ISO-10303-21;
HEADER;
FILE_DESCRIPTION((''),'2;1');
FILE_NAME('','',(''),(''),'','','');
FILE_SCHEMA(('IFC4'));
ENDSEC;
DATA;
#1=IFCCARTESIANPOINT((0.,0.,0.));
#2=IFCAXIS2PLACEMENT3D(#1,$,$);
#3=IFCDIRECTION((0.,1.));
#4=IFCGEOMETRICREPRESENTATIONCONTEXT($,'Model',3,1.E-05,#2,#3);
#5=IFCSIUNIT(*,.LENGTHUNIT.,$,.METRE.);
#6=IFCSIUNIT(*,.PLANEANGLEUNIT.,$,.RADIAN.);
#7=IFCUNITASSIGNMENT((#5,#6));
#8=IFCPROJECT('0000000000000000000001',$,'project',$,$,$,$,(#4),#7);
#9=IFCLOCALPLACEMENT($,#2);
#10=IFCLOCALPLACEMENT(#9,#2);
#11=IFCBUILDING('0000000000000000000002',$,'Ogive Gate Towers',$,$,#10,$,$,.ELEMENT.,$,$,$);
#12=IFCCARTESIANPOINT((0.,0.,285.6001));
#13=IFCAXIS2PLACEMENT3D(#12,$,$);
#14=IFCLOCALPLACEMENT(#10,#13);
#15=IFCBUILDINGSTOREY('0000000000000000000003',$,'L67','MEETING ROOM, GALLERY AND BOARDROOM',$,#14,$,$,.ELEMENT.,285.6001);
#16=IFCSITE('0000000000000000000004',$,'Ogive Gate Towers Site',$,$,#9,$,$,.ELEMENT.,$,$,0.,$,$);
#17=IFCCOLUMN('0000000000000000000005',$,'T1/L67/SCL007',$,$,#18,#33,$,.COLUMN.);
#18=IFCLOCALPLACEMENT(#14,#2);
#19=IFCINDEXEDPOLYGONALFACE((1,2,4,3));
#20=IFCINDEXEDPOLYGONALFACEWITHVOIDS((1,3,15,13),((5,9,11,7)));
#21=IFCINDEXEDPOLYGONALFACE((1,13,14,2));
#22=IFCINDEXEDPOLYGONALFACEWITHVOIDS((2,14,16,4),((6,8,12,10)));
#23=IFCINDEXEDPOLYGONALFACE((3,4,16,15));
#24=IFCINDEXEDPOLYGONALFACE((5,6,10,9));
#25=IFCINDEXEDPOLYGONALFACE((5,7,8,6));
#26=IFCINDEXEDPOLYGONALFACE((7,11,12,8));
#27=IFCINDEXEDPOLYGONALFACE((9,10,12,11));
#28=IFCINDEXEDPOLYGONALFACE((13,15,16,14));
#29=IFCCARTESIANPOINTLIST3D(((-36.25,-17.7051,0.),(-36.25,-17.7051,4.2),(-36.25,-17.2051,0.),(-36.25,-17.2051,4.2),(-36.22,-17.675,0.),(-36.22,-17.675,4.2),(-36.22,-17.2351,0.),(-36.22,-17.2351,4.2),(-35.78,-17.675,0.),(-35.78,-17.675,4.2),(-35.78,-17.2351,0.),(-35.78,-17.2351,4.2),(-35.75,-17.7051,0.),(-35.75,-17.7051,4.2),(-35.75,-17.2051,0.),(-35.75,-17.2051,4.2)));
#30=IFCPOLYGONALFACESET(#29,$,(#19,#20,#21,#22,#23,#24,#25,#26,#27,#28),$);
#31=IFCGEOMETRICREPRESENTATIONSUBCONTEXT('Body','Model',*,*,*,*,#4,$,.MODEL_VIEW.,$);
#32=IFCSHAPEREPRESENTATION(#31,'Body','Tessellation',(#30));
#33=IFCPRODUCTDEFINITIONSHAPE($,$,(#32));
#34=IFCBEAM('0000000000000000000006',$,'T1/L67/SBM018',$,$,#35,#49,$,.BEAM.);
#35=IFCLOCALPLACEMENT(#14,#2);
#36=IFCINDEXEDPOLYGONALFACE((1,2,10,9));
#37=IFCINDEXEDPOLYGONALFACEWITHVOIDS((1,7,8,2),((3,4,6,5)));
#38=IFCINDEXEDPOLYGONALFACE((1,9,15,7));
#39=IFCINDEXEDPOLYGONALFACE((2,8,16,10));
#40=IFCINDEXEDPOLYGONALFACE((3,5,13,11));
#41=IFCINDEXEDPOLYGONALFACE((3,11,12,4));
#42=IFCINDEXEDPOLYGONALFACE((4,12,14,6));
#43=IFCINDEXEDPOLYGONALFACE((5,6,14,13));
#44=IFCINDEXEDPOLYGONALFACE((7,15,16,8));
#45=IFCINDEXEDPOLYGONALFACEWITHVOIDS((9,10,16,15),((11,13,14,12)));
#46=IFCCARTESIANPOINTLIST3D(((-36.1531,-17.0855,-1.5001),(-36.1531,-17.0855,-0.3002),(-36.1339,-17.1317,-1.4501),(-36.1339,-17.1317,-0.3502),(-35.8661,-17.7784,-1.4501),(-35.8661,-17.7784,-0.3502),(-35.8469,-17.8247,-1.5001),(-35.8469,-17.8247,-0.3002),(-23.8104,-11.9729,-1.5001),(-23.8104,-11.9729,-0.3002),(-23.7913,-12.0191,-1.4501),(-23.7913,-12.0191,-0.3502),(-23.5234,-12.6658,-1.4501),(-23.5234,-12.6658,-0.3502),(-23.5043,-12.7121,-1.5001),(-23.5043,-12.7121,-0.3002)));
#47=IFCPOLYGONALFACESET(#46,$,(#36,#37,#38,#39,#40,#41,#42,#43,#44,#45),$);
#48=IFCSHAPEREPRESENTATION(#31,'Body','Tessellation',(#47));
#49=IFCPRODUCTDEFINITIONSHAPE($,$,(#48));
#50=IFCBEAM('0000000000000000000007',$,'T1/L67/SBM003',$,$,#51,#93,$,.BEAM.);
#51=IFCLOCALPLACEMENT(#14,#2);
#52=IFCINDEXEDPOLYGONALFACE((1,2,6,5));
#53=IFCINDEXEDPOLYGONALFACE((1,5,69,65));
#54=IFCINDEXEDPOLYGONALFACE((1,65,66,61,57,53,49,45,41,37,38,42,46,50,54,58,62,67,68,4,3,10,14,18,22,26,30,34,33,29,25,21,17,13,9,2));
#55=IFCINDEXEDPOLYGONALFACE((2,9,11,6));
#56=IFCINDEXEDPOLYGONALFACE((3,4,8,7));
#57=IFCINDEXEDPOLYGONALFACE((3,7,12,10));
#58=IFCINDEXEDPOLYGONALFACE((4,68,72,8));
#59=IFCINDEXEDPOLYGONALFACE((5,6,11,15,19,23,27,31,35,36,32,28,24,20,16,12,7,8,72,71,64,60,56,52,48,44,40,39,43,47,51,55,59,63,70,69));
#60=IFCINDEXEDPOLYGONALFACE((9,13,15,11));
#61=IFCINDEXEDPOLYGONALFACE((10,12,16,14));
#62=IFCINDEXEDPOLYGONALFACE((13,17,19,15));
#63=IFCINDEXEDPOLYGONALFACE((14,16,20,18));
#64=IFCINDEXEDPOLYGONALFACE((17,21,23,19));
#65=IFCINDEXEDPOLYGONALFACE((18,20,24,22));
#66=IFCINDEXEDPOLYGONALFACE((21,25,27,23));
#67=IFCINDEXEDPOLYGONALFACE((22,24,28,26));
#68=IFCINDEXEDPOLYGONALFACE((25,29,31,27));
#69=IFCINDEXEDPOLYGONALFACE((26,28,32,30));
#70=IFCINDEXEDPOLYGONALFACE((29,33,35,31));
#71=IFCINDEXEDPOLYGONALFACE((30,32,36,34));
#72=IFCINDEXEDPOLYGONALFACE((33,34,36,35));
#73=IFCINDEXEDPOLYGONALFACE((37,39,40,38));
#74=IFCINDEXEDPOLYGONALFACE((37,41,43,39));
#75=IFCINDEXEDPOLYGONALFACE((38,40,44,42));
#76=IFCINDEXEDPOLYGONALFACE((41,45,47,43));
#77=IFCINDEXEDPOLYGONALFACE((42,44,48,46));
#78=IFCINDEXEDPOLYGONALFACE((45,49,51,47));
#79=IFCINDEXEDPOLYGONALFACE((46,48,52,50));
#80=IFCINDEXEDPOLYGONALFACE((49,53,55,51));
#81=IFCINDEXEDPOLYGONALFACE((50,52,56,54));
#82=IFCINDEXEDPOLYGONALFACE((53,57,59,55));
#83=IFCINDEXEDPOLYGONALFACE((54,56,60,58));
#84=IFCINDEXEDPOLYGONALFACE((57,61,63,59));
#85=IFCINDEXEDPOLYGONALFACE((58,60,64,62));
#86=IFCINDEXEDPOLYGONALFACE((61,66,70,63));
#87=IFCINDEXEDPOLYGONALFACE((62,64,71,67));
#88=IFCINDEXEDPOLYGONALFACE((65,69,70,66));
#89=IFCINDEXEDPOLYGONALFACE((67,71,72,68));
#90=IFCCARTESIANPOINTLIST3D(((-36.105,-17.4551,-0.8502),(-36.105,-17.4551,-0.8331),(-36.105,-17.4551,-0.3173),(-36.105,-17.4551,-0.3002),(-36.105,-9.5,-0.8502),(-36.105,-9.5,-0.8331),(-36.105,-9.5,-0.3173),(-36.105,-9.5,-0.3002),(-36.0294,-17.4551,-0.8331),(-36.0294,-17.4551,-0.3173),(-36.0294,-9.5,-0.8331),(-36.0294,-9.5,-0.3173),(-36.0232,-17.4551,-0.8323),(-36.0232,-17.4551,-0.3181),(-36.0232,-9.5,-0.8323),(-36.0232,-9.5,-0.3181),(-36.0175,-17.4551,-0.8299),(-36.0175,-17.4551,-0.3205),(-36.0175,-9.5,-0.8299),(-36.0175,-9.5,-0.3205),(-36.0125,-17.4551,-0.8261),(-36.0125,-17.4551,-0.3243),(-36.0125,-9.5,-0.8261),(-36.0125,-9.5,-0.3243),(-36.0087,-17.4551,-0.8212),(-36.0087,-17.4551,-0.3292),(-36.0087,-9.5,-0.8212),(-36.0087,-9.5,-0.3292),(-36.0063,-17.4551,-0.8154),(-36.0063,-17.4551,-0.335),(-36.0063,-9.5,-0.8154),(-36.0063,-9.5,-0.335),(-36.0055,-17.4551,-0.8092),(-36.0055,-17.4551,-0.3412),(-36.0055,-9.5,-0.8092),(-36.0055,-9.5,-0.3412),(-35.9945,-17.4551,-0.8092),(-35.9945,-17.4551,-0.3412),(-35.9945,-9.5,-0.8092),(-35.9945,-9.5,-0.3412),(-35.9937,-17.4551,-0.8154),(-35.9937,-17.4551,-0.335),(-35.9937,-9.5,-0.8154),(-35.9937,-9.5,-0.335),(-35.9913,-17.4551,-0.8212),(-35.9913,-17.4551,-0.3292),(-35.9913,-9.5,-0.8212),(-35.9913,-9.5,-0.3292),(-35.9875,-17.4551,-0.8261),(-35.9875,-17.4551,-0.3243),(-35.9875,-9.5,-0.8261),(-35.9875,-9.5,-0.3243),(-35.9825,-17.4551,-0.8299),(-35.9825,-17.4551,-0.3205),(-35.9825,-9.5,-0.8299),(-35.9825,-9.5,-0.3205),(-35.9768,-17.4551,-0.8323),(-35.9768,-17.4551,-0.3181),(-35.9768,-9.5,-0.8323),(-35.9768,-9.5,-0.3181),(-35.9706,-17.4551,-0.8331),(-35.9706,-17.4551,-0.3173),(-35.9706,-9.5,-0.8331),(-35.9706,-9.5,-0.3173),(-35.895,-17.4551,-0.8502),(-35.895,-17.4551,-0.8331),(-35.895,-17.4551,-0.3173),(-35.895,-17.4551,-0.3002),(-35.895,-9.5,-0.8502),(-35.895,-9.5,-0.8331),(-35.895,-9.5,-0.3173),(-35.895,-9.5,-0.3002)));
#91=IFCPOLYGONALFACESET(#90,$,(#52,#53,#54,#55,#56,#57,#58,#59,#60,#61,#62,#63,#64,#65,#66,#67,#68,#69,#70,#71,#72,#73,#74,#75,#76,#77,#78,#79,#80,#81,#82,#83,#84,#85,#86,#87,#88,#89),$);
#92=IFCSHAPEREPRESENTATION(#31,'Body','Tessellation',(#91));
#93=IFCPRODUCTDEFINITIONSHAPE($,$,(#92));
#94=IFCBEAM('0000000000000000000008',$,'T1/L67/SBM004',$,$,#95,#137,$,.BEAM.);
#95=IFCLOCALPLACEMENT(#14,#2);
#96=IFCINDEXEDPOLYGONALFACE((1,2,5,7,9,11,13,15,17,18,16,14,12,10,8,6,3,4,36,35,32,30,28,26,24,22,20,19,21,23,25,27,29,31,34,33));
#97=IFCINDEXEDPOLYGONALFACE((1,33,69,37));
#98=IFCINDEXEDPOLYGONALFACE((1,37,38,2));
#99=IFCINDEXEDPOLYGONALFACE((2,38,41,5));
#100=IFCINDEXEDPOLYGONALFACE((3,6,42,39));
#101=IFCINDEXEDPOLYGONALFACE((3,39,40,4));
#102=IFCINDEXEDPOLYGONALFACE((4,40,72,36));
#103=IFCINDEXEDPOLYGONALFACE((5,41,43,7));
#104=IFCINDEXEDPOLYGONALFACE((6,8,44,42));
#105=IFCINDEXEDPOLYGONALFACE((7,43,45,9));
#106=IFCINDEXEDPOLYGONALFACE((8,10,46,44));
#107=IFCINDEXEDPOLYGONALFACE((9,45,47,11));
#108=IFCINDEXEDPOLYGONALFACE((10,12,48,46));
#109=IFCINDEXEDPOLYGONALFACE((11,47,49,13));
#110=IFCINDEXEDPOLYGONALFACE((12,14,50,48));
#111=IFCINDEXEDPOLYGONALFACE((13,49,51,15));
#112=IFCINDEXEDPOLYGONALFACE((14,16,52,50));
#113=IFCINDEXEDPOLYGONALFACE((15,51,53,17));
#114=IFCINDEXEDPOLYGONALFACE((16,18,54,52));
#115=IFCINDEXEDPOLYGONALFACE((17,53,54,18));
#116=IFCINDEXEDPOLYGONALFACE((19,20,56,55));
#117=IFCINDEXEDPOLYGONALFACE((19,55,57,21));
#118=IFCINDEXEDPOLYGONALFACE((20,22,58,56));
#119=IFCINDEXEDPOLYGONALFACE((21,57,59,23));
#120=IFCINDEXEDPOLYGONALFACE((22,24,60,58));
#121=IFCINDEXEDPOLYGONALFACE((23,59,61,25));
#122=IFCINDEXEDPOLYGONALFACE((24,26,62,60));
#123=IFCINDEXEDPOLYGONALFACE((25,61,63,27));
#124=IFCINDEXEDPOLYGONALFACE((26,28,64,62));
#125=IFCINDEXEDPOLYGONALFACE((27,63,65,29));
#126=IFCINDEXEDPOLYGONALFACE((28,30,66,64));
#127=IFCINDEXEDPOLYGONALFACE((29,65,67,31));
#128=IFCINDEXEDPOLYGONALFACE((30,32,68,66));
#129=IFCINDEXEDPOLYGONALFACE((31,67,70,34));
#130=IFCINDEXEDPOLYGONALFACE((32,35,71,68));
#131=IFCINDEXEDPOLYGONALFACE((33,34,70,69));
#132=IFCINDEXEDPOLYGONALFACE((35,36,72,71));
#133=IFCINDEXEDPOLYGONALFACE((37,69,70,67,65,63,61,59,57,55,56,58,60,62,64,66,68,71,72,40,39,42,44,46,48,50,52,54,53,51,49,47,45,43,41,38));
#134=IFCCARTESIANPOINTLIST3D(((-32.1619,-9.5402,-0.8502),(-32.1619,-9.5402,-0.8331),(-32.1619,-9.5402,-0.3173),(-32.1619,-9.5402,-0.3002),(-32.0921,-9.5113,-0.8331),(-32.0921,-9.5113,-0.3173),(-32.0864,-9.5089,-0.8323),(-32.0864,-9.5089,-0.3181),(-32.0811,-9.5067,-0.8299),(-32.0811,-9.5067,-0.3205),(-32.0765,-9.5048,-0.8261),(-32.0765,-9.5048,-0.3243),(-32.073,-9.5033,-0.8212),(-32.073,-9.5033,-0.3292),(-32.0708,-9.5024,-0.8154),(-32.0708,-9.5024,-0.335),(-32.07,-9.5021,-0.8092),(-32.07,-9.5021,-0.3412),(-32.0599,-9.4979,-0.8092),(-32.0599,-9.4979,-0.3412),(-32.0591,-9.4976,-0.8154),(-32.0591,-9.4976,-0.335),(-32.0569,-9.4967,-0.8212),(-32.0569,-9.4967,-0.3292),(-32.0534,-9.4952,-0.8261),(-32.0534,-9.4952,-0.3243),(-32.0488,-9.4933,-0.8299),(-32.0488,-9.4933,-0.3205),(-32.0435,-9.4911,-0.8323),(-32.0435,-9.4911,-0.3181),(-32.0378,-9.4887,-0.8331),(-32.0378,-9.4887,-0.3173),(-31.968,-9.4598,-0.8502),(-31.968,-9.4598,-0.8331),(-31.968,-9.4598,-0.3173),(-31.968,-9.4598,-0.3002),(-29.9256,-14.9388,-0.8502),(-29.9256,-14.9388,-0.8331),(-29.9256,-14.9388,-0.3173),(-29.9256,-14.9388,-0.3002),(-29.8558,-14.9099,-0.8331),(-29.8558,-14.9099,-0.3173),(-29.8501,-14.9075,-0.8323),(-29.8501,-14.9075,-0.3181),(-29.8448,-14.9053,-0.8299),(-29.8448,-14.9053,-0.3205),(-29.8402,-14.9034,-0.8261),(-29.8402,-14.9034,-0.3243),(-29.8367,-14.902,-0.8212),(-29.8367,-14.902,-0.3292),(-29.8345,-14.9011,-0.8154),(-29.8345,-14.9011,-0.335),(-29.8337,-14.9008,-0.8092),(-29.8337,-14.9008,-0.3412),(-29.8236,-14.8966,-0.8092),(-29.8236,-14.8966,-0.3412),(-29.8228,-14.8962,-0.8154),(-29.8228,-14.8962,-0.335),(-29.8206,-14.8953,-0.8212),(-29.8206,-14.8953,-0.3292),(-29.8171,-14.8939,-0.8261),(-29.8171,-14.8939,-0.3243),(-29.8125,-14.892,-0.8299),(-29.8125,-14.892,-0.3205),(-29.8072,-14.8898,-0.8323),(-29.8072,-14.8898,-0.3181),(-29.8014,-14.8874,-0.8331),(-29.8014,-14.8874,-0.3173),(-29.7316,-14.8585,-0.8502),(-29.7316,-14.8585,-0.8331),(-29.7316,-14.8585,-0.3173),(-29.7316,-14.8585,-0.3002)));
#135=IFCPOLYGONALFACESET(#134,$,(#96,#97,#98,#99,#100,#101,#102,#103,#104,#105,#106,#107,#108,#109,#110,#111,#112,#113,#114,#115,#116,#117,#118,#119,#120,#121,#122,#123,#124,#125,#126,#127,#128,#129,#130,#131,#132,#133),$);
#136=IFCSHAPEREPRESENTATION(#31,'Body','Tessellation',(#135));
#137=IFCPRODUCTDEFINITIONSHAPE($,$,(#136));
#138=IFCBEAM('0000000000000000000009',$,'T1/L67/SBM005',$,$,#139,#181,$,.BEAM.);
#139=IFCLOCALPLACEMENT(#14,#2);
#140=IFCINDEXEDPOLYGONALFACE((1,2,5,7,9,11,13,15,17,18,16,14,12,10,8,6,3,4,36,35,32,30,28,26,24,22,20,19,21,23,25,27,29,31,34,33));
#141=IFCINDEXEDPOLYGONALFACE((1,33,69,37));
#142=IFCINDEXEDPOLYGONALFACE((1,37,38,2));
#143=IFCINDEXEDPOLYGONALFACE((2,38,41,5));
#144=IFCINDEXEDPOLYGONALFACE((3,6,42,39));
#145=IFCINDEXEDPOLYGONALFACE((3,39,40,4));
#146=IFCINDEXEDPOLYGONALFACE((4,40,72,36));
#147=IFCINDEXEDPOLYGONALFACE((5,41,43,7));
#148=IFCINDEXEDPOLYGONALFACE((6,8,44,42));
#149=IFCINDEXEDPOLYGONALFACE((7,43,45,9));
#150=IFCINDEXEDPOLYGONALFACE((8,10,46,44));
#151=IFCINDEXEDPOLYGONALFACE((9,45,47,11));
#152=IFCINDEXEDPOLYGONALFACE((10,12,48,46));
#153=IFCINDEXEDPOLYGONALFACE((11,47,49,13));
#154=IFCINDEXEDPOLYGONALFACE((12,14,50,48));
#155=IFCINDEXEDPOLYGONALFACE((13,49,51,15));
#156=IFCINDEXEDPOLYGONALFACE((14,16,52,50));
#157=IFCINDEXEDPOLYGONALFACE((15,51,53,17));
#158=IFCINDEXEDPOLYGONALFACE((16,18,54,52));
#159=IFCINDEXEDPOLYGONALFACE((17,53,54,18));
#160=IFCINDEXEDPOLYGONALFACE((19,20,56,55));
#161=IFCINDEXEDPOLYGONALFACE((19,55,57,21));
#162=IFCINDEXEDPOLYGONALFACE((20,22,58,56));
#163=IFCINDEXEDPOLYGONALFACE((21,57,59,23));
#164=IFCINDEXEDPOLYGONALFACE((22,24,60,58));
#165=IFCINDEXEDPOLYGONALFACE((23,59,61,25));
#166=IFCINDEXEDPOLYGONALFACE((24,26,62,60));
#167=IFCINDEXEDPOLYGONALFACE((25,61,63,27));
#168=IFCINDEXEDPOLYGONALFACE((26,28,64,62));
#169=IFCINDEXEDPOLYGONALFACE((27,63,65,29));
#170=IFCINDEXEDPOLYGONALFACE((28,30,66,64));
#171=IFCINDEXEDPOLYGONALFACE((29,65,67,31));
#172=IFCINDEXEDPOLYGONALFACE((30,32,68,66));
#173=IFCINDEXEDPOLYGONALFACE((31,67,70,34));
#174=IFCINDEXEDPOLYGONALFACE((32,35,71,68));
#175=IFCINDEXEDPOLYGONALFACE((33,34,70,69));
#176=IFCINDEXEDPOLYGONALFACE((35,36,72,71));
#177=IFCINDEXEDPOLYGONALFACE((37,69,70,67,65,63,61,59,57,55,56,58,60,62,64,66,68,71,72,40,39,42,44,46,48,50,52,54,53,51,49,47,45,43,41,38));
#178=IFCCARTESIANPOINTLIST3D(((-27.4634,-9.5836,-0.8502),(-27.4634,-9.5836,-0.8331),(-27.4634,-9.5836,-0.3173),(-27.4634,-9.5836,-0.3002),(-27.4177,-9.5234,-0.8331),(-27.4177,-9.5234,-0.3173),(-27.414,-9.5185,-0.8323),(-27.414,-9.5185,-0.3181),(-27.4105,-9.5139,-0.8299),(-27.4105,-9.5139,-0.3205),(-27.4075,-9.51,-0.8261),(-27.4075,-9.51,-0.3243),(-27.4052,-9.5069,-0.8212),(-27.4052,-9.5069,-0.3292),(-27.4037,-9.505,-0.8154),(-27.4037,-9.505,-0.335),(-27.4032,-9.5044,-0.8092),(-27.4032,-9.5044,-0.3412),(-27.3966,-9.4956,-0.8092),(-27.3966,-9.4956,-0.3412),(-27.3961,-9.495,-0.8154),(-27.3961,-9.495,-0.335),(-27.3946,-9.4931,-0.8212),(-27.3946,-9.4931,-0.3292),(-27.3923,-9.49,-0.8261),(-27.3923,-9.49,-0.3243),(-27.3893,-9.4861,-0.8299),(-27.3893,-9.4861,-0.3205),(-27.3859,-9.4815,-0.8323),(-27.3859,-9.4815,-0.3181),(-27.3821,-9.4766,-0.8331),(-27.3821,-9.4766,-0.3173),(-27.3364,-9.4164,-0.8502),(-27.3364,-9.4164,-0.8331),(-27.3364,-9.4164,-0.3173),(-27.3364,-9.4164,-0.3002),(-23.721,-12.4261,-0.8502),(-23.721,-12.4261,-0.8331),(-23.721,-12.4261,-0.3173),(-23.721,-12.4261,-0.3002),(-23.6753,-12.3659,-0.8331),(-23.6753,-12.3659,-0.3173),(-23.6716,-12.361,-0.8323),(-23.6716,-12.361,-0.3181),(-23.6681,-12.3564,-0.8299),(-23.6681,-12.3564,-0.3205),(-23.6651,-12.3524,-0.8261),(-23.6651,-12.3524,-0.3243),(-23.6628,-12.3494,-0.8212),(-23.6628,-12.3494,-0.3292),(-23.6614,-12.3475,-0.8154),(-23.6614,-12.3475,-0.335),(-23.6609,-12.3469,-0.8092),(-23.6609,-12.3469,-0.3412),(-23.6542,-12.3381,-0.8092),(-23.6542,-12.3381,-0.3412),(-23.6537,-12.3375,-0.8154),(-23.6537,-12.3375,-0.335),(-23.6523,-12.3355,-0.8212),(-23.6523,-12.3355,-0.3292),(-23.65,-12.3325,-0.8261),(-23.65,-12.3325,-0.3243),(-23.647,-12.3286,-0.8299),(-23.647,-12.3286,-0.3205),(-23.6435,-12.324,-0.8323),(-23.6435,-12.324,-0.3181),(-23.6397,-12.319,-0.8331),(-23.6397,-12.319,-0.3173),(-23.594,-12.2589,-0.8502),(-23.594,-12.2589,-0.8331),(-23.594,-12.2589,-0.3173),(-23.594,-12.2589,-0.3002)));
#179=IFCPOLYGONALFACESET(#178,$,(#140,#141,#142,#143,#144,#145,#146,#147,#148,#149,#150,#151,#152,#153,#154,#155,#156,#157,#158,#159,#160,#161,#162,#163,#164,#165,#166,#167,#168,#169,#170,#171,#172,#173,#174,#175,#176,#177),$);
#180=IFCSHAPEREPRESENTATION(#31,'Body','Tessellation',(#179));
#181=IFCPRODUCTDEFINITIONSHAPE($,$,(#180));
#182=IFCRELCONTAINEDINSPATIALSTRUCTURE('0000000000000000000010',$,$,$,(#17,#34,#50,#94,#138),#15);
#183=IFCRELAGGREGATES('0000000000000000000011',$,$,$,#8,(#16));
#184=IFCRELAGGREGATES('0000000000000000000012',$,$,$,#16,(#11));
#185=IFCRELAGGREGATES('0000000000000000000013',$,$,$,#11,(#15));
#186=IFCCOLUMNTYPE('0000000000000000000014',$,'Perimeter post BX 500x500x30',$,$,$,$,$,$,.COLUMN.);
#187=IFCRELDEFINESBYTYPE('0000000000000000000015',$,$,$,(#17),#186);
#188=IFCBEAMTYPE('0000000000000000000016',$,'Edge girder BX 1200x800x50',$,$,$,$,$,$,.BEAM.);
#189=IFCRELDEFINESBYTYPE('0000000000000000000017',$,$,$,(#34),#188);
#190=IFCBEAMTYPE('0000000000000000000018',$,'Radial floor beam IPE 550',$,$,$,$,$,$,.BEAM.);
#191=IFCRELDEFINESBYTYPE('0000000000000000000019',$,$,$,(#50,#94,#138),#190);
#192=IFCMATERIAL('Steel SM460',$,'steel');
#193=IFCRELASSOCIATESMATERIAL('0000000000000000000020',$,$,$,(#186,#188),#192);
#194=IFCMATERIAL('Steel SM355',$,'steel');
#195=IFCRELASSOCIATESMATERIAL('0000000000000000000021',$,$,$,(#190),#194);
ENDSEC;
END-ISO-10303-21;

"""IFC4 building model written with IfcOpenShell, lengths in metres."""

from ifc_helpers import new_model, si_unit, direction, frame, origin, origin_2d, place, context, subcontext, project, spatial, hollow_rectangle, i_section, extrude, material, material_profile, profile_set, type_object, element, save


model = new_model("IFC4")

# Units and contexts
model_context = context("Model", 3, precision=1e-05, world=origin(), true_north=direction((0.0, 1.0)))
body_context = subcontext(model_context, "Body", "Model", "MODEL_VIEW")
ifc_project = project(units=[si_unit("LENGTHUNIT", "METRE"), si_unit("PLANEANGLEUNIT", "RADIAN")], contexts=[model_context])

# Site, building, storey
site_placement = place(None, origin())
site = spatial("IfcSite", under=ifc_project, at=site_placement, Name="Ogive Gate Towers Site", CompositionType="ELEMENT", RefElevation=0.0)
building_placement = place(site_placement, origin())
building = spatial("IfcBuilding", under=site, at=building_placement, Name="Ogive Gate Towers", CompositionType="ELEMENT")
storey_placement = place(building_placement, frame((0.0, 0.0, 285.6001)))
storey = spatial("IfcBuildingStorey", under=building, at=storey_placement, Name="L67", Description="MEETING ROOM, GALLERY AND BOARDROOM", CompositionType="ELEMENT", Elevation=285.6001)

# Column
ifc_material_1 = material(Name="Steel SM460", Category="steel")
ifc_material_profile_1 = material_profile(ifc_material_1, hollow_rectangle(XDim=0.5, YDim=0.5, WallThickness=0.03, at=origin_2d()), Name="BX 500x500x30")
ifc_profile_set_1 = profile_set([ifc_material_profile_1], Name="Steel SM460")
column_type = type_object("IfcColumnType", Name="Perimeter post BX 500x500x30", PredefinedType="COLUMN", material=ifc_profile_set_1)
column_placement = place(storey_placement, frame((-36.0, -17.4551, 0.0), z_axis=(0.0, 0.0, 1.0), x_axis=(1.0, 0.0, 0.0)))
element("IfcColumn", 1, at=column_placement, inside=storey, type_object=column_type, Name="T1/L67/SCL007", PredefinedType="COLUMN", context=body_context, shape_type="SweptSolid", body=[
    extrude(hollow_rectangle(XDim=0.5, YDim=0.5, WallThickness=0.03, at=origin_2d()), origin(), (0.0, 0.0, 1.0), 4.2),
])

# Beams
ifc_material_profile_2 = material_profile(ifc_material_1, hollow_rectangle(XDim=0.8, YDim=1.2, WallThickness=0.05, at=origin_2d()), Name="BX 1200x800x50")
ifc_profile_set_2 = profile_set([ifc_material_profile_2], Name="Steel SM460")
beam_type_1 = type_object("IfcBeamType", Name="Edge girder BX 1200x800x50", PredefinedType="BEAM", material=ifc_profile_set_2)
beam_1_placement = place(storey_placement, frame((-36.0, -17.4551, -0.9001), z_axis=(0.923877, 0.38269, 0.0), x_axis=(-0.38269, 0.923877, 0.0)))
element("IfcBeam", 2, at=beam_1_placement, inside=storey, type_object=beam_type_1, Name="T1/L67/SBM018", PredefinedType="BEAM", context=body_context, shape_type="SweptSolid", body=[
    extrude(hollow_rectangle(XDim=0.8, YDim=1.2, WallThickness=0.05, at=origin_2d()), origin(), (0.0, 0.0, 1.0), 13.3596),
])
ifc_material_2 = material(Name="Steel SM355", Category="steel")
ifc_material_profile_3 = material_profile(ifc_material_2, i_section(OverallWidth=0.21, OverallDepth=0.55, WebThickness=0.011, FlangeThickness=0.0171, FilletRadius=0.0239, at=origin_2d()), Name="IPE 550")
ifc_profile_set_3 = profile_set([ifc_material_profile_3], Name="Steel SM355")
beam_type_2 = type_object("IfcBeamType", Name="Radial floor beam IPE 550", PredefinedType="BEAM", material=ifc_profile_set_3)
beam_2_placement = place(storey_placement, frame((-36.0, -9.5, -0.5752), z_axis=(0.0, -1.0, 0.0), x_axis=(1.0, 0.0, 0.0)))
element("IfcBeam", 3, at=beam_2_placement, inside=storey, type_object=beam_type_2, Name="T1/L67/SBM003", PredefinedType="BEAM", context=body_context, shape_type="SweptSolid", body=[
    extrude(i_section(OverallWidth=0.21, OverallDepth=0.55, WebThickness=0.011, FlangeThickness=0.0171, FilletRadius=0.0239, at=origin_2d()), origin(), (0.0, 0.0, 1.0), 7.9551),
])
beam_3_placement = place(storey_placement, frame((-32.0649, -9.5, -0.5752), z_axis=(0.382701, -0.923872, 0.0), x_axis=(0.923872, 0.382701, 0.0)))
element("IfcBeam", 4, at=beam_3_placement, inside=storey, type_object=beam_type_2, Name="T1/L67/SBM004", PredefinedType="BEAM", context=body_context, shape_type="SweptSolid", body=[
    extrude(i_section(OverallWidth=0.21, OverallDepth=0.55, WebThickness=0.011, FlangeThickness=0.0171, FilletRadius=0.0239, at=origin_2d()), origin(), (0.0, 0.0, 1.0), 5.8435),
])
beam_4_placement = place(storey_placement, frame((-27.3999, -9.5, -0.5752), z_axis=(0.796338, -0.604851, 0.0), x_axis=(0.604851, 0.796338, 0.0)))
element("IfcBeam", 5, at=beam_4_placement, inside=storey, type_object=beam_type_2, Name="T1/L67/SBM005", PredefinedType="BEAM", context=body_context, shape_type="SweptSolid", body=[
    extrude(i_section(OverallWidth=0.21, OverallDepth=0.55, WebThickness=0.011, FlangeThickness=0.0171, FilletRadius=0.0239, at=origin_2d()), origin(), (0.0, 0.0, 1.0), 4.6995),
])

save(model, "model.ifc")
